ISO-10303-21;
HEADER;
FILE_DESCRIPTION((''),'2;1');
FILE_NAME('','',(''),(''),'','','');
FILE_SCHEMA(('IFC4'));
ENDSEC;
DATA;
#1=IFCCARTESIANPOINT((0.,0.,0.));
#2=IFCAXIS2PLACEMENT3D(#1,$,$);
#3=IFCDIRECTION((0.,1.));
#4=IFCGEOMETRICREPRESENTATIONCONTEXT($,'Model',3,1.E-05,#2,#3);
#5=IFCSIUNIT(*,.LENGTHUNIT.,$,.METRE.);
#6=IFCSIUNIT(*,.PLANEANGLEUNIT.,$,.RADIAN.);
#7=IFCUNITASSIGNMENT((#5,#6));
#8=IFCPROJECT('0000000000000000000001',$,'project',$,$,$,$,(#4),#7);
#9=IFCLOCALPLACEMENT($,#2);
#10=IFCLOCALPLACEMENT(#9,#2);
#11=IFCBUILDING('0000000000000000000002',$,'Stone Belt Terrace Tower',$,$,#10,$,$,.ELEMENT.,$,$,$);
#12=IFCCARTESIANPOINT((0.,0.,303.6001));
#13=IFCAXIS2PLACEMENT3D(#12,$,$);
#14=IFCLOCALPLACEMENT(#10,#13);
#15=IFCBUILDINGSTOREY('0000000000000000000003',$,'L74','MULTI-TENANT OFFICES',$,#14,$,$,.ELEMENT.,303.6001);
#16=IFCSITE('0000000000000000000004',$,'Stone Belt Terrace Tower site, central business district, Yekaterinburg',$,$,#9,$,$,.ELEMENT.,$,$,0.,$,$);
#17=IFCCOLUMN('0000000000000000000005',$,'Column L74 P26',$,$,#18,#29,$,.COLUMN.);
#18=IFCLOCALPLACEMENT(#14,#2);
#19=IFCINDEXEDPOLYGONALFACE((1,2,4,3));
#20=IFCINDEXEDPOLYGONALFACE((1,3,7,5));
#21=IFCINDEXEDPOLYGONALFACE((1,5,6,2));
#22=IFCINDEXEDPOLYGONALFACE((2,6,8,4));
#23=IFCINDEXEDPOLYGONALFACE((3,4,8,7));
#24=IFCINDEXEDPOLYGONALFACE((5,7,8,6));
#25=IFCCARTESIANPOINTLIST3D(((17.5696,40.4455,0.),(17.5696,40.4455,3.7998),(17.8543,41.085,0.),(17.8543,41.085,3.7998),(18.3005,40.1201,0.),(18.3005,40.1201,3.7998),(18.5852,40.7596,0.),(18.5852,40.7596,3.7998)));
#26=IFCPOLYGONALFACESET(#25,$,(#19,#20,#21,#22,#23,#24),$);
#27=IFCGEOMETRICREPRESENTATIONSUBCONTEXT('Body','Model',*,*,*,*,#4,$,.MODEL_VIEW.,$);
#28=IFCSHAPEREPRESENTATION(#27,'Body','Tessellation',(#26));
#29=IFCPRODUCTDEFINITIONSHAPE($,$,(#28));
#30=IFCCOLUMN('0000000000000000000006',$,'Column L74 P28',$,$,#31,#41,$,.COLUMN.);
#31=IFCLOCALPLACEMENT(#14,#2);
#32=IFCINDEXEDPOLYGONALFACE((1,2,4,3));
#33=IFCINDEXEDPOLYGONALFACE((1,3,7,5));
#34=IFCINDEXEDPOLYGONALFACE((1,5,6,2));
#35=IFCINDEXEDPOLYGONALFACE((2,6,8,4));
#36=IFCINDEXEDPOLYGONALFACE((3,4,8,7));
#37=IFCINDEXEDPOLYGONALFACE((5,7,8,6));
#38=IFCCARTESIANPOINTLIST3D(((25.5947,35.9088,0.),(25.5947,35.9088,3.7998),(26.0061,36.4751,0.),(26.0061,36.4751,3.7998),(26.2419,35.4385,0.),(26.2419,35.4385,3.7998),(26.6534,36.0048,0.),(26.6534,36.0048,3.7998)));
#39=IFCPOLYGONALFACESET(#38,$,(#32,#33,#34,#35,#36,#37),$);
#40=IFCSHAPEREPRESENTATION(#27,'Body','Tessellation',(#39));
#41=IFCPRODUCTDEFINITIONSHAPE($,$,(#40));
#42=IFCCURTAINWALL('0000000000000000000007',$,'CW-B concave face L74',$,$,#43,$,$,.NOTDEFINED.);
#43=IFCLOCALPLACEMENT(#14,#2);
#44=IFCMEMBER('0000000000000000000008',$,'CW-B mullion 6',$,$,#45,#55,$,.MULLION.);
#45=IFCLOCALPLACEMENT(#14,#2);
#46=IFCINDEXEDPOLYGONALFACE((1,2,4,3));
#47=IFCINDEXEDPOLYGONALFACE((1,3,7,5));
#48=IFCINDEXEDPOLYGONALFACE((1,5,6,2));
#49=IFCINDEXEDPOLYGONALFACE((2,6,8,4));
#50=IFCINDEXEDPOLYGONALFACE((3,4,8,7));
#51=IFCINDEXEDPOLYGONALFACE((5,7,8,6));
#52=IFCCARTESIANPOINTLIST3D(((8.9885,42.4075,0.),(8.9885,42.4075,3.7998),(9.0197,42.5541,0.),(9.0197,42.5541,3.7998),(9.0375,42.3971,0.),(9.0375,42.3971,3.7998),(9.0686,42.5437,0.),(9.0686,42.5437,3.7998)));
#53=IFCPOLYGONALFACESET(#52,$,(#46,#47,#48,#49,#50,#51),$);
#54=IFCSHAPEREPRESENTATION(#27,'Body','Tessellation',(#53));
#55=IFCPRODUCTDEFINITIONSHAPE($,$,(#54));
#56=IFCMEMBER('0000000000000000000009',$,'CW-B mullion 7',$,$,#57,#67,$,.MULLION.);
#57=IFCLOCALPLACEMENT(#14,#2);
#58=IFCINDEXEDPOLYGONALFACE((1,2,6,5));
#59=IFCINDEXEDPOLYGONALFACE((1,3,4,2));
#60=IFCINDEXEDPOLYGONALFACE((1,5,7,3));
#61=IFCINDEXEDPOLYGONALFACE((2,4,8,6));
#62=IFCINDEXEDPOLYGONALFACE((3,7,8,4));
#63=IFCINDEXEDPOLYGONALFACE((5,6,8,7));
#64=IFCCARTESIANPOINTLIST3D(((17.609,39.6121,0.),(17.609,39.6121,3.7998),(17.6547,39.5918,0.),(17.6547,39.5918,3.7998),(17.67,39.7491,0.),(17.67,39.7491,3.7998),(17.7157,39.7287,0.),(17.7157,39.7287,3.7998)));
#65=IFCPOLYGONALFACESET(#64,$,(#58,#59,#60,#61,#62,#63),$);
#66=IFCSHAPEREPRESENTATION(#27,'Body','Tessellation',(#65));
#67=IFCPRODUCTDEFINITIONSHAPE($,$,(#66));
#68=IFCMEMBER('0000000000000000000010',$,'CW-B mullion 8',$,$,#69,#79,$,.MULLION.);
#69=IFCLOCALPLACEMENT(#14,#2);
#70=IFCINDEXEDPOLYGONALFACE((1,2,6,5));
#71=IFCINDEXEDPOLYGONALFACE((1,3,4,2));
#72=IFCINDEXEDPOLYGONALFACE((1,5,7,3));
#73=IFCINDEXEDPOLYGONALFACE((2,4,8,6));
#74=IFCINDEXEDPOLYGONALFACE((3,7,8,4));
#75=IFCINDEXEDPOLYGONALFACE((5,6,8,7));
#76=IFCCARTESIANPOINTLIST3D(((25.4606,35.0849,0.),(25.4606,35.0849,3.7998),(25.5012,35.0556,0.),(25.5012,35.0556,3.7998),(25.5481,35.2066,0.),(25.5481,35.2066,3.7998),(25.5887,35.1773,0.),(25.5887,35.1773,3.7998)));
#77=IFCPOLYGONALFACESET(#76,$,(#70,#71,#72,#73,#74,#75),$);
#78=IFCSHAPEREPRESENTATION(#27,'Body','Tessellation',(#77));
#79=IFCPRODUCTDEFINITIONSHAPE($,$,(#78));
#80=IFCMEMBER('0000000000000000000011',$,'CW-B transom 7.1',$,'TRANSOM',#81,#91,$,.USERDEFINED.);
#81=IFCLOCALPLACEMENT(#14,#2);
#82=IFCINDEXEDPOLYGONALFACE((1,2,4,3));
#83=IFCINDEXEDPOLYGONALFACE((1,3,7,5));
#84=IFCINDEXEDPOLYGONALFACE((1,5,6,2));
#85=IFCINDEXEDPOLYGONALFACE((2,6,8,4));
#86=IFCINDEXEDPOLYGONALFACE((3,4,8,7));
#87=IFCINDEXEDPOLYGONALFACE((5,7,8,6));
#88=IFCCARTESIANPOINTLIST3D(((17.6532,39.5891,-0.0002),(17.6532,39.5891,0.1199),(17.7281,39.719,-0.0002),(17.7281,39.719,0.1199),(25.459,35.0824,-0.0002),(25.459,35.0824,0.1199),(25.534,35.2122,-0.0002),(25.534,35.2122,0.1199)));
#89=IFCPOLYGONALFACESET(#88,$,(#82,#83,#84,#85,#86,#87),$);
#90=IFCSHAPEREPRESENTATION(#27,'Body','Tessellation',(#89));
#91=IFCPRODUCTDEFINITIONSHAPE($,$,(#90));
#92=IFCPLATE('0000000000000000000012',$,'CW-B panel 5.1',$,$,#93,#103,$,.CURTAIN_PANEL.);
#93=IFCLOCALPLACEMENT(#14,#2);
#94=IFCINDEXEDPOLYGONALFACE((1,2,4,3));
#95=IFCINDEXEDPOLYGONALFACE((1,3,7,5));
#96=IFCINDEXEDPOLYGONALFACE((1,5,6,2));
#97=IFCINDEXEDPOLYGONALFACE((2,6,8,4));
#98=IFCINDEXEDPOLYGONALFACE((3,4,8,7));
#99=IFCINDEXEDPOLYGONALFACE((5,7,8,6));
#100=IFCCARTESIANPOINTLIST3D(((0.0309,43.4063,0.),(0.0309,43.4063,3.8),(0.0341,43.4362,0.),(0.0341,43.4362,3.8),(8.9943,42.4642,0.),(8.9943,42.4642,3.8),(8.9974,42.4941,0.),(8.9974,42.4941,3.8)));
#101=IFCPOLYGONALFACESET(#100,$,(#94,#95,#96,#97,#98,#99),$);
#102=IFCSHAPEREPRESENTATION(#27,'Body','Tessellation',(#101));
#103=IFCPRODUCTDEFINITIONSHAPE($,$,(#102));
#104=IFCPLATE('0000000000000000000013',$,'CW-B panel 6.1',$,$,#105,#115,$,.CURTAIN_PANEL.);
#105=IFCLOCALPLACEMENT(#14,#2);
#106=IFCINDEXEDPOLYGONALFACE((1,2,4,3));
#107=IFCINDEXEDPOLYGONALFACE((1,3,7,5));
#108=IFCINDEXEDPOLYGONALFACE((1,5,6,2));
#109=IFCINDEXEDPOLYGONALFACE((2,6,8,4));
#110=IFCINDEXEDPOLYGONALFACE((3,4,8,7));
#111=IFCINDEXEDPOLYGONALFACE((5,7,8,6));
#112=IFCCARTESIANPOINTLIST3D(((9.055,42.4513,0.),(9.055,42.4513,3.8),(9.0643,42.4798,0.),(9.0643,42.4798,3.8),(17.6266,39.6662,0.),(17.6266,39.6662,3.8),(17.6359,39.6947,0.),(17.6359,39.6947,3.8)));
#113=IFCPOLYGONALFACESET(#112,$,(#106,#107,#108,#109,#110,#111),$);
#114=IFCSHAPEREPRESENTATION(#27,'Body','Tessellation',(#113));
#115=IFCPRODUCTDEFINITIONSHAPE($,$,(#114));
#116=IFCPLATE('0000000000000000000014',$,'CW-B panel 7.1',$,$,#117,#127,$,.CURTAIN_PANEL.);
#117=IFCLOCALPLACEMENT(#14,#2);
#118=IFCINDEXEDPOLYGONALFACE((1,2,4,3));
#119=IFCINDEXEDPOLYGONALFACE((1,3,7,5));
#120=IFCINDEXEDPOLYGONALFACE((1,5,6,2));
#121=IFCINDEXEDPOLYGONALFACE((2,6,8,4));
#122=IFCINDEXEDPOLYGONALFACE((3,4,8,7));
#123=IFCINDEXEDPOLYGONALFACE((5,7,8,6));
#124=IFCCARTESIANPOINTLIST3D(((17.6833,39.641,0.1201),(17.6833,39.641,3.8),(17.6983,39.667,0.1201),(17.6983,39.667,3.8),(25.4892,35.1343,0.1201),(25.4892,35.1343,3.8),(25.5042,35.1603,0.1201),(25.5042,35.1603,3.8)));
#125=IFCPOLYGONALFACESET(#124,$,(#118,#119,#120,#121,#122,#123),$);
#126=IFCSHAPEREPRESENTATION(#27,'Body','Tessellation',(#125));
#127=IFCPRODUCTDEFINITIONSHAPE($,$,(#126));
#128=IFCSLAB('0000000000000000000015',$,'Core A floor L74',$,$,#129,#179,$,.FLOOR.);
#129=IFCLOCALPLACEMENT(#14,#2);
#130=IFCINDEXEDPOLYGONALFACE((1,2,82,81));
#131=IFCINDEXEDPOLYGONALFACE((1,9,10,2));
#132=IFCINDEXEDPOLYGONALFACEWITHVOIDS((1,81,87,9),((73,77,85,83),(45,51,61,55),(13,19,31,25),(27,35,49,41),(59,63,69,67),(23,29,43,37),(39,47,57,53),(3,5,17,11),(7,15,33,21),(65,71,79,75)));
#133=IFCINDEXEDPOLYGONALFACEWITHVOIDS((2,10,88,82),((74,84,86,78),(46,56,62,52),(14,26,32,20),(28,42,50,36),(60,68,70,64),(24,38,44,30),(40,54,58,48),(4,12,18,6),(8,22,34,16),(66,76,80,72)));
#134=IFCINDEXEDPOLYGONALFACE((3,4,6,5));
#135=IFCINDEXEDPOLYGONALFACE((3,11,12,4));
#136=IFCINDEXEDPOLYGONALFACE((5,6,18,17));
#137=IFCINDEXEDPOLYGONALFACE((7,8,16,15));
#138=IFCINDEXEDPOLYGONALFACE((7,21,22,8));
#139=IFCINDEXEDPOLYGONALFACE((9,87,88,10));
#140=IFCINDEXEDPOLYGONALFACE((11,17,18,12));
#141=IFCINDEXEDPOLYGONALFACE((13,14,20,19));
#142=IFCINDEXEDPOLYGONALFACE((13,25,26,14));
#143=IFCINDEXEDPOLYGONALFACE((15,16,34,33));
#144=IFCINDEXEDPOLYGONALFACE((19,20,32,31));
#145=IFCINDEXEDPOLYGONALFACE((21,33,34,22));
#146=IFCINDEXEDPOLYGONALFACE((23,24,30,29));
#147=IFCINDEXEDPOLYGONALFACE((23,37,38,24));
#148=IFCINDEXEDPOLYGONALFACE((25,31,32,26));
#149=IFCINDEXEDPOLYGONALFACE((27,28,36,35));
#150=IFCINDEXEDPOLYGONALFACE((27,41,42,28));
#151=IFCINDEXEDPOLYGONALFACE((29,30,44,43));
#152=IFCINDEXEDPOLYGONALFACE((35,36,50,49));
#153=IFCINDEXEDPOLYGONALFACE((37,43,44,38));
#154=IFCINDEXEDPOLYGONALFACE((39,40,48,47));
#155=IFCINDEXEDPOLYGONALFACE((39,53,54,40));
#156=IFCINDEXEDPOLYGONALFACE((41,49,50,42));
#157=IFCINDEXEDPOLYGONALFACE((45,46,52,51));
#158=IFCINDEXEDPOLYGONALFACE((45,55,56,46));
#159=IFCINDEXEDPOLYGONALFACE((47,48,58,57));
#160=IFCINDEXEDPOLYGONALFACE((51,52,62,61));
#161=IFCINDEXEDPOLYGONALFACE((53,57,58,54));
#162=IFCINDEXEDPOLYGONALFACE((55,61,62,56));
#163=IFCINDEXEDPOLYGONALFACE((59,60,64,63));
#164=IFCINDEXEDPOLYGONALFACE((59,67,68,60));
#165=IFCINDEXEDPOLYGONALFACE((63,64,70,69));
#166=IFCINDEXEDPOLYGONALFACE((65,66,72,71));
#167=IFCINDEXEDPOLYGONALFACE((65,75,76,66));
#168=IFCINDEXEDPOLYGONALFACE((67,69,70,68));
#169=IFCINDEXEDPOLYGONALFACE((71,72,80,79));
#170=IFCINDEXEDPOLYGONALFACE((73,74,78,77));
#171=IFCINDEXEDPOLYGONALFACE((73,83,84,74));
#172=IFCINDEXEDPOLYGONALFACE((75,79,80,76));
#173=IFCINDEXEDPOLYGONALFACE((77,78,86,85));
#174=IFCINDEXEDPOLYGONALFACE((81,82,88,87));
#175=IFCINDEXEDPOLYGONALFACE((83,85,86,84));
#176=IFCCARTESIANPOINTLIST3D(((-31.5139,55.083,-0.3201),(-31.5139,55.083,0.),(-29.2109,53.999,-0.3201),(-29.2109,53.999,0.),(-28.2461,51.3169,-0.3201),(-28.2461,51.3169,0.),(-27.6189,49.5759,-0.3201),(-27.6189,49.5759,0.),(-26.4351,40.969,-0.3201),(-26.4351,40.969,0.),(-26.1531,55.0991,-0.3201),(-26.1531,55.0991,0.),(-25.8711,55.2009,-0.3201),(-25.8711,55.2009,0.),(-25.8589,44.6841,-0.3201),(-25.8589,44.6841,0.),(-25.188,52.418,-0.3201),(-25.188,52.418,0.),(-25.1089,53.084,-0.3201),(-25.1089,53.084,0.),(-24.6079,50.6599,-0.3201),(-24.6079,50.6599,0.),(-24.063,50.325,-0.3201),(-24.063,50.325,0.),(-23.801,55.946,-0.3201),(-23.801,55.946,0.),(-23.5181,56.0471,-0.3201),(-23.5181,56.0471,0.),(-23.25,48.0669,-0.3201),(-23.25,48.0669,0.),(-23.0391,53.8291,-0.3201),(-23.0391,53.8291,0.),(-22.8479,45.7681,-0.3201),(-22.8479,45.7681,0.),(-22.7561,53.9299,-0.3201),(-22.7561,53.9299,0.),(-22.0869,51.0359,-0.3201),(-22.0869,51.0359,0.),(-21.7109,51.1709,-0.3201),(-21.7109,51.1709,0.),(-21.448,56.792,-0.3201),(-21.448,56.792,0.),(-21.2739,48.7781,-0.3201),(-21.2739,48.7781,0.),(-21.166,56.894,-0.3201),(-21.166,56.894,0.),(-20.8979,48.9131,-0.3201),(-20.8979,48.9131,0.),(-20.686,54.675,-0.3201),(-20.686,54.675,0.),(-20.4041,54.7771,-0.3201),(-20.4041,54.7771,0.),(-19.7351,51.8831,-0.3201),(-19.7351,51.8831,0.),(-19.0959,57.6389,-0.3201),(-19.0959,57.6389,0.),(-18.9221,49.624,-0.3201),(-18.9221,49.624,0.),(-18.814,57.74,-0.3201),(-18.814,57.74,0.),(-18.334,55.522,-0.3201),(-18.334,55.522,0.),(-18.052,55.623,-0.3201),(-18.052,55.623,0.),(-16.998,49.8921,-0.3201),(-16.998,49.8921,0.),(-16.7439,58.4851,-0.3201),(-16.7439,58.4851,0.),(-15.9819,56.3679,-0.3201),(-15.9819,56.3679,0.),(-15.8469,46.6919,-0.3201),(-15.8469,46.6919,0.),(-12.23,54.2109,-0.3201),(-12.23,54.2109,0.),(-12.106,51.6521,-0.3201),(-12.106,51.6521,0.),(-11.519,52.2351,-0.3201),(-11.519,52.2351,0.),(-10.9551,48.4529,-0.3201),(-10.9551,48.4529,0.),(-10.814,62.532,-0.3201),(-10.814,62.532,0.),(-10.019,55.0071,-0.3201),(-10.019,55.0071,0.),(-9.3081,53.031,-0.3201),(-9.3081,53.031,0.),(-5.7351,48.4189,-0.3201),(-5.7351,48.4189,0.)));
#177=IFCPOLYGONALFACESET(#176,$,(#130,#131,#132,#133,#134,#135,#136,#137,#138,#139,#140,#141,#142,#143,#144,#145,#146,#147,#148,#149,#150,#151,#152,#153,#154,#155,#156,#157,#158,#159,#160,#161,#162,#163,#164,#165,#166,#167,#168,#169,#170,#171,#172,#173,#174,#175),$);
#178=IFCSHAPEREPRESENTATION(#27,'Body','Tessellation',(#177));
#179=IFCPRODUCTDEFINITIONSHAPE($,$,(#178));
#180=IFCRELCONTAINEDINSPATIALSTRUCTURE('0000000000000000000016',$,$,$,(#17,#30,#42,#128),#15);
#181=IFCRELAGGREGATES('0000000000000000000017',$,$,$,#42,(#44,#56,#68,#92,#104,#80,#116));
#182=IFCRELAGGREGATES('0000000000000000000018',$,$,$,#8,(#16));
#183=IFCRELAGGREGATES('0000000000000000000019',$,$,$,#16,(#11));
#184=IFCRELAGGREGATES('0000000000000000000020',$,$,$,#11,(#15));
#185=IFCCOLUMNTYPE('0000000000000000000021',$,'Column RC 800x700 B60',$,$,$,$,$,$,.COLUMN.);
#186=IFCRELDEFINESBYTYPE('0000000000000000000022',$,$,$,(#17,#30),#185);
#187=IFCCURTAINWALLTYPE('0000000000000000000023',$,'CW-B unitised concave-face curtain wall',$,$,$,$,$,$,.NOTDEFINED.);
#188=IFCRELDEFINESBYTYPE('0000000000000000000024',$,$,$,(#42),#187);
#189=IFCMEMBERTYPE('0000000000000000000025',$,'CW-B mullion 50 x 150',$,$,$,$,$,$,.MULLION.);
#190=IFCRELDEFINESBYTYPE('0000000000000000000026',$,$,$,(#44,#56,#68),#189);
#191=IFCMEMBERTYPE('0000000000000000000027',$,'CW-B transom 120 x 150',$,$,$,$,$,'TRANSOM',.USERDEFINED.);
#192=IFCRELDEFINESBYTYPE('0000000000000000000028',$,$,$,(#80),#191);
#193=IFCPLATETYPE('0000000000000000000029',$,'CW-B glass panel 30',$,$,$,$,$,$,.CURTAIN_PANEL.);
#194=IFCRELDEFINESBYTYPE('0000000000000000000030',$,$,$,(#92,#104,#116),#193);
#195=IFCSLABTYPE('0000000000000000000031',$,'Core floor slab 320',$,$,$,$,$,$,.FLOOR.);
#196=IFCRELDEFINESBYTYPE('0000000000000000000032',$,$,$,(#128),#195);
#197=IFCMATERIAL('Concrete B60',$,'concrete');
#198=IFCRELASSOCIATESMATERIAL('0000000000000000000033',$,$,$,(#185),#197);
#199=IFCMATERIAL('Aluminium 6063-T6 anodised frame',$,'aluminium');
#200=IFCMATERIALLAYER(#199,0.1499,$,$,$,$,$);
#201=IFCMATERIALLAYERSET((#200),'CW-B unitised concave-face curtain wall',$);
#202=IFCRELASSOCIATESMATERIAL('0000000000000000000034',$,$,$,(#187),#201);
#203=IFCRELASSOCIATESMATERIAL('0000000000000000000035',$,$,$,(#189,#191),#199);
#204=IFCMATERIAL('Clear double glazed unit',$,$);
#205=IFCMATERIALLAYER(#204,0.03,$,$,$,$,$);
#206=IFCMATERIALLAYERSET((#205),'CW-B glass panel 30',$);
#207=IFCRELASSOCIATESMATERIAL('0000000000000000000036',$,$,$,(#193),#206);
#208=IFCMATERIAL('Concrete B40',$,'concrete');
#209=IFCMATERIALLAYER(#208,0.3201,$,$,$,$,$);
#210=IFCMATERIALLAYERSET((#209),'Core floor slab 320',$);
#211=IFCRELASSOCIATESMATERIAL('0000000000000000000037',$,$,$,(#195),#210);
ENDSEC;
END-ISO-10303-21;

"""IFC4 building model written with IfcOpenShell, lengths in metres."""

from ifc_helpers import new_model, si_unit, direction, frame, origin, origin_2d, place, context, subcontext, project, spatial, polyline, rectangle, outline, extrude, material, layer, layer_set, material_profile, profile_set, type_object, element, aggregate, save


model = new_model("IFC4")

# Units and contexts
model_context = context("Model", 3, precision=1e-05, world=origin(), true_north=direction((0.0, 1.0)))
body_context = subcontext(model_context, "Body", "Model", "MODEL_VIEW")
ifc_project = project(units=[si_unit("LENGTHUNIT", "METRE"), si_unit("PLANEANGLEUNIT", "RADIAN")], contexts=[model_context])

# Site, building, storey
site_placement = place(None, origin())
site = spatial("IfcSite", under=ifc_project, at=site_placement, Name="Stone Belt Terrace Tower site, central business district, Yekaterinburg", CompositionType="ELEMENT", RefElevation=0.0)
building_placement = place(site_placement, origin())
building = spatial("IfcBuilding", under=site, at=building_placement, Name="Stone Belt Terrace Tower", CompositionType="ELEMENT")
storey_placement = place(building_placement, frame((0.0, 0.0, 303.6001)))
storey = spatial("IfcBuildingStorey", under=building, at=storey_placement, Name="L74", Description="MULTI-TENANT OFFICES", CompositionType="ELEMENT", Elevation=303.6001)

# Columns
ifc_material_1 = material(Name="Concrete B60", Category="concrete")
ifc_material_profile_1 = material_profile(ifc_material_1, rectangle(XDim=0.8, YDim=0.7, at=origin_2d()), Name="RC 800x700")
ifc_profile_set_1 = profile_set([ifc_material_profile_1], Name="Concrete B60")
column_type = type_object("IfcColumnType", Name="Column RC 800x700 B60", PredefinedType="COLUMN", material=ifc_profile_set_1)
for number, where, z_axis, x_axis, name in (
    (1, (18.0774, 40.6025, 0.0), (0.0, 0.0, 1.0), (0.913545, -0.406737, 0.0), "Column L74 P26"),
    (2, (26.124, 35.9568, 0.0), (0.0, 0.0, 1.0), (0.809017, -0.587785, 0.0), "Column L74 P28"),
):
    element("IfcColumn", number, at=place(storey_placement, frame(where, z_axis=z_axis, x_axis=x_axis)), inside=storey, type_object=column_type, Name=name, PredefinedType="COLUMN", context=body_context, shape_type="SweptSolid", body=[
        extrude(rectangle(XDim=0.8, YDim=0.7, at=origin_2d()), origin(), (0.0, 0.0, 1.0), 3.7998),
    ])

# Curtain wall, members, plates
ifc_material_2 = material(Name="Aluminium 6063-T6 anodised frame", Category="aluminium")
ifc_layer_1 = layer(ifc_material_2, 0.1499)
ifc_layer_set_1 = layer_set([ifc_layer_1], Name="CW-B unitised concave-face curtain wall")
curtain_wall_type = type_object("IfcCurtainWallType", Name="CW-B unitised concave-face curtain wall", PredefinedType="NOTDEFINED", material=ifc_layer_set_1)
curtain_wall_placement = place(storey_placement, origin())
curtain_wall = element("IfcCurtainWall", 3, at=curtain_wall_placement, inside=storey, type_object=curtain_wall_type, Name="CW-B concave face L74", PredefinedType="NOTDEFINED")
ifc_material_profile_2 = material_profile(ifc_material_2, rectangle(XDim=0.1499, YDim=0.05, at=origin_2d()), Name="Aluminium 6063-T6 50x150")
ifc_profile_set_2 = profile_set([ifc_material_profile_2], Name="Aluminium 6063-T6 anodised frame")
member_type_1 = type_object("IfcMemberType", Name="CW-B mullion 50 x 150", PredefinedType="MULLION", material=ifc_profile_set_2)
member_1_placement = place(storey_placement, frame((9.0286, 42.4756, 0.0), z_axis=(0.0, 0.0, 1.0), x_axis=(0.207912, 0.978148, 0.0)))
member_1 = element("IfcMember", 4, at=member_1_placement, type_object=member_type_1, Name="CW-B mullion 6", PredefinedType="MULLION", context=body_context, shape_type="SweptSolid", body=[
    extrude(rectangle(XDim=0.1499, YDim=0.05, at=origin_2d()), origin(), (0.0, 0.0, 1.0), 3.7998),
])
member_2_placement = place(storey_placement, frame((17.6624, 39.6704, 0.0), z_axis=(0.0, 0.0, 1.0), x_axis=(0.406737, 0.913545, 0.0)))
member_2 = element("IfcMember", 5, at=member_2_placement, type_object=member_type_1, Name="CW-B mullion 7", PredefinedType="MULLION", context=body_context, shape_type="SweptSolid", body=[
    extrude(rectangle(XDim=0.1499, YDim=0.05, at=origin_2d()), origin(), (0.0, 0.0, 1.0), 3.7998),
])
member_3_placement = place(storey_placement, frame((25.5247, 35.1311, 0.0), z_axis=(0.0, 0.0, 1.0), x_axis=(0.583819, 0.811884, 0.0)))
member_3 = element("IfcMember", 6, at=member_3_placement, type_object=member_type_1, Name="CW-B mullion 8", PredefinedType="MULLION", context=body_context, shape_type="SweptSolid", body=[
    extrude(rectangle(XDim=0.1499, YDim=0.05, at=origin_2d()), origin(), (0.0, 0.0, 1.0), 3.7998),
])
ifc_material_profile_3 = material_profile(ifc_material_2, rectangle(XDim=0.1499, YDim=0.1201, at=origin_2d()), Name="Aluminium 6063-T6 150x120")
ifc_profile_set_3 = profile_set([ifc_material_profile_3], Name="Aluminium 6063-T6 anodised frame")
member_type_2 = type_object("IfcMemberType", Name="CW-B transom 120 x 150", ElementType="TRANSOM", PredefinedType="USERDEFINED", material=ifc_profile_set_3)
member_4_placement = place(storey_placement, frame((17.6907, 39.6541, 0.0598), z_axis=(0.866021, -0.500008, 0.0), x_axis=(0.500008, 0.866021, 0.0)))
member_4 = element("IfcMember", 7, at=member_4_placement, type_object=member_type_2, Name="CW-B transom 7.1", ObjectType="TRANSOM", PredefinedType="USERDEFINED", context=body_context, shape_type="SweptSolid", body=[
    extrude(rectangle(XDim=0.1499, YDim=0.1201, at=origin_2d()), origin(), (0.0, 0.0, 1.0), 9.0134),
])
ifc_material_3 = material(Name="Clear double glazed unit")
ifc_layer_2 = layer(ifc_material_3, 0.03)
ifc_layer_set_2 = layer_set([ifc_layer_2], Name="CW-B glass panel 30")
plate_type = type_object("IfcPlateType", Name="CW-B glass panel 30", PredefinedType="CURTAIN_PANEL", material=ifc_layer_set_2)
plate_1_placement = place(storey_placement, frame((4.5142, 42.9502, 0.0), z_axis=(0.0, 0.0, 1.0), x_axis=(0.994522, -0.104528, 0.0)))
plate_1 = element("IfcPlate", 8, at=plate_1_placement, type_object=plate_type, Name="CW-B panel 5.1", PredefinedType="CURTAIN_PANEL", context=body_context, shape_type="SweptSolid", body=[
    extrude(rectangle(XDim=9.0127, YDim=0.03, at=origin_2d()), origin(), (0.0, 0.0, 1.0), 3.8),
])
plate_2_placement = place(storey_placement, frame((13.3455, 41.073, 0.0), z_axis=(0.0, 0.0, 1.0), x_axis=(0.951057, -0.309017, 0.0)))
plate_2 = element("IfcPlate", 9, at=plate_2_placement, type_object=plate_type, Name="CW-B panel 6.1", PredefinedType="CURTAIN_PANEL", context=body_context, shape_type="SweptSolid", body=[
    extrude(rectangle(XDim=9.0127, YDim=0.03, at=origin_2d()), origin(), (0.0, 0.0, 1.0), 3.8),
])
plate_3_placement = place(storey_placement, frame((21.5938, 37.4006, 0.1201), z_axis=(0.0, 0.0, 1.0), x_axis=(0.866025, -0.5, 0.0)))
plate_3 = element("IfcPlate", 10, at=plate_3_placement, type_object=plate_type, Name="CW-B panel 7.1", PredefinedType="CURTAIN_PANEL", context=body_context, shape_type="SweptSolid", body=[
    extrude(rectangle(XDim=9.0134, YDim=0.03, at=origin_2d()), origin(), (0.0, 0.0, 1.0), 3.6799),
])
aggregate(curtain_wall, [member_1, member_2, member_3, plate_1, plate_2, member_4, plate_3])

# Slab
ifc_material_4 = material(Name="Concrete B40", Category="concrete")
ifc_layer_3 = layer(ifc_material_4, 0.3201)
ifc_layer_set_3 = layer_set([ifc_layer_3], Name="Core floor slab 320")
slab_type_1 = type_object("IfcSlabType", Name="Core floor slab 320", PredefinedType="FLOOR", material=ifc_layer_set_3)
slab_1_placement = place(storey_placement, frame((0.0, 0.0, -0.3201)))
element("IfcSlab", 11, at=slab_1_placement, inside=storey, type_object=slab_type_1, Name="Core A floor L74", PredefinedType="FLOOR", context=body_context, shape_type="SweptSolid", body=[
    extrude(outline(polyline([(-26.4351, 40.969), (-5.7351, 48.4189), (-10.814, 62.532), (-31.5139, 55.083), (-26.4351, 40.969)]), holes=[polyline([(-24.6079, 50.6599), (-22.8479, 45.7681), (-25.8589, 44.6841), (-27.6189, 49.5759), (-24.6079, 50.6599)]), polyline([(-10.9551, 48.4529), (-15.8469, 46.6919), (-16.998, 49.8921), (-12.106, 51.6521), (-10.9551, 48.4529)]), polyline([(-22.0869, 51.0359), (-21.2739, 48.7781), (-23.25, 48.0669), (-24.063, 50.325), (-22.0869, 51.0359)]), polyline([(-18.9221, 49.624), (-20.8979, 48.9131), (-21.7109, 51.1709), (-19.7351, 51.8831), (-18.9221, 49.624)]), polyline([(-29.2109, 53.999), (-26.1531, 55.0991), (-25.188, 52.418), (-28.2461, 51.3169), (-29.2109, 53.999)]), polyline([(-10.019, 55.0071), (-9.3081, 53.031), (-11.519, 52.2351), (-12.23, 54.2109), (-10.019, 55.0071)]), polyline([(-25.8711, 55.2009), (-23.801, 55.946), (-23.0391, 53.8291), (-25.1089, 53.084), (-25.8711, 55.2009)]), polyline([(-23.5181, 56.0471), (-21.448, 56.792), (-20.686, 54.675), (-22.7561, 53.9299), (-23.5181, 56.0471)]), polyline([(-19.0959, 57.6389), (-18.334, 55.522), (-20.4041, 54.7771), (-21.166, 56.894), (-19.0959, 57.6389)]), polyline([(-16.7439, 58.4851), (-15.9819, 56.3679), (-18.052, 55.623), (-18.814, 57.74), (-16.7439, 58.4851)])]), origin(), (0.0, 0.0, 1.0), 0.3201),
])

save(model, "model.ifc")
